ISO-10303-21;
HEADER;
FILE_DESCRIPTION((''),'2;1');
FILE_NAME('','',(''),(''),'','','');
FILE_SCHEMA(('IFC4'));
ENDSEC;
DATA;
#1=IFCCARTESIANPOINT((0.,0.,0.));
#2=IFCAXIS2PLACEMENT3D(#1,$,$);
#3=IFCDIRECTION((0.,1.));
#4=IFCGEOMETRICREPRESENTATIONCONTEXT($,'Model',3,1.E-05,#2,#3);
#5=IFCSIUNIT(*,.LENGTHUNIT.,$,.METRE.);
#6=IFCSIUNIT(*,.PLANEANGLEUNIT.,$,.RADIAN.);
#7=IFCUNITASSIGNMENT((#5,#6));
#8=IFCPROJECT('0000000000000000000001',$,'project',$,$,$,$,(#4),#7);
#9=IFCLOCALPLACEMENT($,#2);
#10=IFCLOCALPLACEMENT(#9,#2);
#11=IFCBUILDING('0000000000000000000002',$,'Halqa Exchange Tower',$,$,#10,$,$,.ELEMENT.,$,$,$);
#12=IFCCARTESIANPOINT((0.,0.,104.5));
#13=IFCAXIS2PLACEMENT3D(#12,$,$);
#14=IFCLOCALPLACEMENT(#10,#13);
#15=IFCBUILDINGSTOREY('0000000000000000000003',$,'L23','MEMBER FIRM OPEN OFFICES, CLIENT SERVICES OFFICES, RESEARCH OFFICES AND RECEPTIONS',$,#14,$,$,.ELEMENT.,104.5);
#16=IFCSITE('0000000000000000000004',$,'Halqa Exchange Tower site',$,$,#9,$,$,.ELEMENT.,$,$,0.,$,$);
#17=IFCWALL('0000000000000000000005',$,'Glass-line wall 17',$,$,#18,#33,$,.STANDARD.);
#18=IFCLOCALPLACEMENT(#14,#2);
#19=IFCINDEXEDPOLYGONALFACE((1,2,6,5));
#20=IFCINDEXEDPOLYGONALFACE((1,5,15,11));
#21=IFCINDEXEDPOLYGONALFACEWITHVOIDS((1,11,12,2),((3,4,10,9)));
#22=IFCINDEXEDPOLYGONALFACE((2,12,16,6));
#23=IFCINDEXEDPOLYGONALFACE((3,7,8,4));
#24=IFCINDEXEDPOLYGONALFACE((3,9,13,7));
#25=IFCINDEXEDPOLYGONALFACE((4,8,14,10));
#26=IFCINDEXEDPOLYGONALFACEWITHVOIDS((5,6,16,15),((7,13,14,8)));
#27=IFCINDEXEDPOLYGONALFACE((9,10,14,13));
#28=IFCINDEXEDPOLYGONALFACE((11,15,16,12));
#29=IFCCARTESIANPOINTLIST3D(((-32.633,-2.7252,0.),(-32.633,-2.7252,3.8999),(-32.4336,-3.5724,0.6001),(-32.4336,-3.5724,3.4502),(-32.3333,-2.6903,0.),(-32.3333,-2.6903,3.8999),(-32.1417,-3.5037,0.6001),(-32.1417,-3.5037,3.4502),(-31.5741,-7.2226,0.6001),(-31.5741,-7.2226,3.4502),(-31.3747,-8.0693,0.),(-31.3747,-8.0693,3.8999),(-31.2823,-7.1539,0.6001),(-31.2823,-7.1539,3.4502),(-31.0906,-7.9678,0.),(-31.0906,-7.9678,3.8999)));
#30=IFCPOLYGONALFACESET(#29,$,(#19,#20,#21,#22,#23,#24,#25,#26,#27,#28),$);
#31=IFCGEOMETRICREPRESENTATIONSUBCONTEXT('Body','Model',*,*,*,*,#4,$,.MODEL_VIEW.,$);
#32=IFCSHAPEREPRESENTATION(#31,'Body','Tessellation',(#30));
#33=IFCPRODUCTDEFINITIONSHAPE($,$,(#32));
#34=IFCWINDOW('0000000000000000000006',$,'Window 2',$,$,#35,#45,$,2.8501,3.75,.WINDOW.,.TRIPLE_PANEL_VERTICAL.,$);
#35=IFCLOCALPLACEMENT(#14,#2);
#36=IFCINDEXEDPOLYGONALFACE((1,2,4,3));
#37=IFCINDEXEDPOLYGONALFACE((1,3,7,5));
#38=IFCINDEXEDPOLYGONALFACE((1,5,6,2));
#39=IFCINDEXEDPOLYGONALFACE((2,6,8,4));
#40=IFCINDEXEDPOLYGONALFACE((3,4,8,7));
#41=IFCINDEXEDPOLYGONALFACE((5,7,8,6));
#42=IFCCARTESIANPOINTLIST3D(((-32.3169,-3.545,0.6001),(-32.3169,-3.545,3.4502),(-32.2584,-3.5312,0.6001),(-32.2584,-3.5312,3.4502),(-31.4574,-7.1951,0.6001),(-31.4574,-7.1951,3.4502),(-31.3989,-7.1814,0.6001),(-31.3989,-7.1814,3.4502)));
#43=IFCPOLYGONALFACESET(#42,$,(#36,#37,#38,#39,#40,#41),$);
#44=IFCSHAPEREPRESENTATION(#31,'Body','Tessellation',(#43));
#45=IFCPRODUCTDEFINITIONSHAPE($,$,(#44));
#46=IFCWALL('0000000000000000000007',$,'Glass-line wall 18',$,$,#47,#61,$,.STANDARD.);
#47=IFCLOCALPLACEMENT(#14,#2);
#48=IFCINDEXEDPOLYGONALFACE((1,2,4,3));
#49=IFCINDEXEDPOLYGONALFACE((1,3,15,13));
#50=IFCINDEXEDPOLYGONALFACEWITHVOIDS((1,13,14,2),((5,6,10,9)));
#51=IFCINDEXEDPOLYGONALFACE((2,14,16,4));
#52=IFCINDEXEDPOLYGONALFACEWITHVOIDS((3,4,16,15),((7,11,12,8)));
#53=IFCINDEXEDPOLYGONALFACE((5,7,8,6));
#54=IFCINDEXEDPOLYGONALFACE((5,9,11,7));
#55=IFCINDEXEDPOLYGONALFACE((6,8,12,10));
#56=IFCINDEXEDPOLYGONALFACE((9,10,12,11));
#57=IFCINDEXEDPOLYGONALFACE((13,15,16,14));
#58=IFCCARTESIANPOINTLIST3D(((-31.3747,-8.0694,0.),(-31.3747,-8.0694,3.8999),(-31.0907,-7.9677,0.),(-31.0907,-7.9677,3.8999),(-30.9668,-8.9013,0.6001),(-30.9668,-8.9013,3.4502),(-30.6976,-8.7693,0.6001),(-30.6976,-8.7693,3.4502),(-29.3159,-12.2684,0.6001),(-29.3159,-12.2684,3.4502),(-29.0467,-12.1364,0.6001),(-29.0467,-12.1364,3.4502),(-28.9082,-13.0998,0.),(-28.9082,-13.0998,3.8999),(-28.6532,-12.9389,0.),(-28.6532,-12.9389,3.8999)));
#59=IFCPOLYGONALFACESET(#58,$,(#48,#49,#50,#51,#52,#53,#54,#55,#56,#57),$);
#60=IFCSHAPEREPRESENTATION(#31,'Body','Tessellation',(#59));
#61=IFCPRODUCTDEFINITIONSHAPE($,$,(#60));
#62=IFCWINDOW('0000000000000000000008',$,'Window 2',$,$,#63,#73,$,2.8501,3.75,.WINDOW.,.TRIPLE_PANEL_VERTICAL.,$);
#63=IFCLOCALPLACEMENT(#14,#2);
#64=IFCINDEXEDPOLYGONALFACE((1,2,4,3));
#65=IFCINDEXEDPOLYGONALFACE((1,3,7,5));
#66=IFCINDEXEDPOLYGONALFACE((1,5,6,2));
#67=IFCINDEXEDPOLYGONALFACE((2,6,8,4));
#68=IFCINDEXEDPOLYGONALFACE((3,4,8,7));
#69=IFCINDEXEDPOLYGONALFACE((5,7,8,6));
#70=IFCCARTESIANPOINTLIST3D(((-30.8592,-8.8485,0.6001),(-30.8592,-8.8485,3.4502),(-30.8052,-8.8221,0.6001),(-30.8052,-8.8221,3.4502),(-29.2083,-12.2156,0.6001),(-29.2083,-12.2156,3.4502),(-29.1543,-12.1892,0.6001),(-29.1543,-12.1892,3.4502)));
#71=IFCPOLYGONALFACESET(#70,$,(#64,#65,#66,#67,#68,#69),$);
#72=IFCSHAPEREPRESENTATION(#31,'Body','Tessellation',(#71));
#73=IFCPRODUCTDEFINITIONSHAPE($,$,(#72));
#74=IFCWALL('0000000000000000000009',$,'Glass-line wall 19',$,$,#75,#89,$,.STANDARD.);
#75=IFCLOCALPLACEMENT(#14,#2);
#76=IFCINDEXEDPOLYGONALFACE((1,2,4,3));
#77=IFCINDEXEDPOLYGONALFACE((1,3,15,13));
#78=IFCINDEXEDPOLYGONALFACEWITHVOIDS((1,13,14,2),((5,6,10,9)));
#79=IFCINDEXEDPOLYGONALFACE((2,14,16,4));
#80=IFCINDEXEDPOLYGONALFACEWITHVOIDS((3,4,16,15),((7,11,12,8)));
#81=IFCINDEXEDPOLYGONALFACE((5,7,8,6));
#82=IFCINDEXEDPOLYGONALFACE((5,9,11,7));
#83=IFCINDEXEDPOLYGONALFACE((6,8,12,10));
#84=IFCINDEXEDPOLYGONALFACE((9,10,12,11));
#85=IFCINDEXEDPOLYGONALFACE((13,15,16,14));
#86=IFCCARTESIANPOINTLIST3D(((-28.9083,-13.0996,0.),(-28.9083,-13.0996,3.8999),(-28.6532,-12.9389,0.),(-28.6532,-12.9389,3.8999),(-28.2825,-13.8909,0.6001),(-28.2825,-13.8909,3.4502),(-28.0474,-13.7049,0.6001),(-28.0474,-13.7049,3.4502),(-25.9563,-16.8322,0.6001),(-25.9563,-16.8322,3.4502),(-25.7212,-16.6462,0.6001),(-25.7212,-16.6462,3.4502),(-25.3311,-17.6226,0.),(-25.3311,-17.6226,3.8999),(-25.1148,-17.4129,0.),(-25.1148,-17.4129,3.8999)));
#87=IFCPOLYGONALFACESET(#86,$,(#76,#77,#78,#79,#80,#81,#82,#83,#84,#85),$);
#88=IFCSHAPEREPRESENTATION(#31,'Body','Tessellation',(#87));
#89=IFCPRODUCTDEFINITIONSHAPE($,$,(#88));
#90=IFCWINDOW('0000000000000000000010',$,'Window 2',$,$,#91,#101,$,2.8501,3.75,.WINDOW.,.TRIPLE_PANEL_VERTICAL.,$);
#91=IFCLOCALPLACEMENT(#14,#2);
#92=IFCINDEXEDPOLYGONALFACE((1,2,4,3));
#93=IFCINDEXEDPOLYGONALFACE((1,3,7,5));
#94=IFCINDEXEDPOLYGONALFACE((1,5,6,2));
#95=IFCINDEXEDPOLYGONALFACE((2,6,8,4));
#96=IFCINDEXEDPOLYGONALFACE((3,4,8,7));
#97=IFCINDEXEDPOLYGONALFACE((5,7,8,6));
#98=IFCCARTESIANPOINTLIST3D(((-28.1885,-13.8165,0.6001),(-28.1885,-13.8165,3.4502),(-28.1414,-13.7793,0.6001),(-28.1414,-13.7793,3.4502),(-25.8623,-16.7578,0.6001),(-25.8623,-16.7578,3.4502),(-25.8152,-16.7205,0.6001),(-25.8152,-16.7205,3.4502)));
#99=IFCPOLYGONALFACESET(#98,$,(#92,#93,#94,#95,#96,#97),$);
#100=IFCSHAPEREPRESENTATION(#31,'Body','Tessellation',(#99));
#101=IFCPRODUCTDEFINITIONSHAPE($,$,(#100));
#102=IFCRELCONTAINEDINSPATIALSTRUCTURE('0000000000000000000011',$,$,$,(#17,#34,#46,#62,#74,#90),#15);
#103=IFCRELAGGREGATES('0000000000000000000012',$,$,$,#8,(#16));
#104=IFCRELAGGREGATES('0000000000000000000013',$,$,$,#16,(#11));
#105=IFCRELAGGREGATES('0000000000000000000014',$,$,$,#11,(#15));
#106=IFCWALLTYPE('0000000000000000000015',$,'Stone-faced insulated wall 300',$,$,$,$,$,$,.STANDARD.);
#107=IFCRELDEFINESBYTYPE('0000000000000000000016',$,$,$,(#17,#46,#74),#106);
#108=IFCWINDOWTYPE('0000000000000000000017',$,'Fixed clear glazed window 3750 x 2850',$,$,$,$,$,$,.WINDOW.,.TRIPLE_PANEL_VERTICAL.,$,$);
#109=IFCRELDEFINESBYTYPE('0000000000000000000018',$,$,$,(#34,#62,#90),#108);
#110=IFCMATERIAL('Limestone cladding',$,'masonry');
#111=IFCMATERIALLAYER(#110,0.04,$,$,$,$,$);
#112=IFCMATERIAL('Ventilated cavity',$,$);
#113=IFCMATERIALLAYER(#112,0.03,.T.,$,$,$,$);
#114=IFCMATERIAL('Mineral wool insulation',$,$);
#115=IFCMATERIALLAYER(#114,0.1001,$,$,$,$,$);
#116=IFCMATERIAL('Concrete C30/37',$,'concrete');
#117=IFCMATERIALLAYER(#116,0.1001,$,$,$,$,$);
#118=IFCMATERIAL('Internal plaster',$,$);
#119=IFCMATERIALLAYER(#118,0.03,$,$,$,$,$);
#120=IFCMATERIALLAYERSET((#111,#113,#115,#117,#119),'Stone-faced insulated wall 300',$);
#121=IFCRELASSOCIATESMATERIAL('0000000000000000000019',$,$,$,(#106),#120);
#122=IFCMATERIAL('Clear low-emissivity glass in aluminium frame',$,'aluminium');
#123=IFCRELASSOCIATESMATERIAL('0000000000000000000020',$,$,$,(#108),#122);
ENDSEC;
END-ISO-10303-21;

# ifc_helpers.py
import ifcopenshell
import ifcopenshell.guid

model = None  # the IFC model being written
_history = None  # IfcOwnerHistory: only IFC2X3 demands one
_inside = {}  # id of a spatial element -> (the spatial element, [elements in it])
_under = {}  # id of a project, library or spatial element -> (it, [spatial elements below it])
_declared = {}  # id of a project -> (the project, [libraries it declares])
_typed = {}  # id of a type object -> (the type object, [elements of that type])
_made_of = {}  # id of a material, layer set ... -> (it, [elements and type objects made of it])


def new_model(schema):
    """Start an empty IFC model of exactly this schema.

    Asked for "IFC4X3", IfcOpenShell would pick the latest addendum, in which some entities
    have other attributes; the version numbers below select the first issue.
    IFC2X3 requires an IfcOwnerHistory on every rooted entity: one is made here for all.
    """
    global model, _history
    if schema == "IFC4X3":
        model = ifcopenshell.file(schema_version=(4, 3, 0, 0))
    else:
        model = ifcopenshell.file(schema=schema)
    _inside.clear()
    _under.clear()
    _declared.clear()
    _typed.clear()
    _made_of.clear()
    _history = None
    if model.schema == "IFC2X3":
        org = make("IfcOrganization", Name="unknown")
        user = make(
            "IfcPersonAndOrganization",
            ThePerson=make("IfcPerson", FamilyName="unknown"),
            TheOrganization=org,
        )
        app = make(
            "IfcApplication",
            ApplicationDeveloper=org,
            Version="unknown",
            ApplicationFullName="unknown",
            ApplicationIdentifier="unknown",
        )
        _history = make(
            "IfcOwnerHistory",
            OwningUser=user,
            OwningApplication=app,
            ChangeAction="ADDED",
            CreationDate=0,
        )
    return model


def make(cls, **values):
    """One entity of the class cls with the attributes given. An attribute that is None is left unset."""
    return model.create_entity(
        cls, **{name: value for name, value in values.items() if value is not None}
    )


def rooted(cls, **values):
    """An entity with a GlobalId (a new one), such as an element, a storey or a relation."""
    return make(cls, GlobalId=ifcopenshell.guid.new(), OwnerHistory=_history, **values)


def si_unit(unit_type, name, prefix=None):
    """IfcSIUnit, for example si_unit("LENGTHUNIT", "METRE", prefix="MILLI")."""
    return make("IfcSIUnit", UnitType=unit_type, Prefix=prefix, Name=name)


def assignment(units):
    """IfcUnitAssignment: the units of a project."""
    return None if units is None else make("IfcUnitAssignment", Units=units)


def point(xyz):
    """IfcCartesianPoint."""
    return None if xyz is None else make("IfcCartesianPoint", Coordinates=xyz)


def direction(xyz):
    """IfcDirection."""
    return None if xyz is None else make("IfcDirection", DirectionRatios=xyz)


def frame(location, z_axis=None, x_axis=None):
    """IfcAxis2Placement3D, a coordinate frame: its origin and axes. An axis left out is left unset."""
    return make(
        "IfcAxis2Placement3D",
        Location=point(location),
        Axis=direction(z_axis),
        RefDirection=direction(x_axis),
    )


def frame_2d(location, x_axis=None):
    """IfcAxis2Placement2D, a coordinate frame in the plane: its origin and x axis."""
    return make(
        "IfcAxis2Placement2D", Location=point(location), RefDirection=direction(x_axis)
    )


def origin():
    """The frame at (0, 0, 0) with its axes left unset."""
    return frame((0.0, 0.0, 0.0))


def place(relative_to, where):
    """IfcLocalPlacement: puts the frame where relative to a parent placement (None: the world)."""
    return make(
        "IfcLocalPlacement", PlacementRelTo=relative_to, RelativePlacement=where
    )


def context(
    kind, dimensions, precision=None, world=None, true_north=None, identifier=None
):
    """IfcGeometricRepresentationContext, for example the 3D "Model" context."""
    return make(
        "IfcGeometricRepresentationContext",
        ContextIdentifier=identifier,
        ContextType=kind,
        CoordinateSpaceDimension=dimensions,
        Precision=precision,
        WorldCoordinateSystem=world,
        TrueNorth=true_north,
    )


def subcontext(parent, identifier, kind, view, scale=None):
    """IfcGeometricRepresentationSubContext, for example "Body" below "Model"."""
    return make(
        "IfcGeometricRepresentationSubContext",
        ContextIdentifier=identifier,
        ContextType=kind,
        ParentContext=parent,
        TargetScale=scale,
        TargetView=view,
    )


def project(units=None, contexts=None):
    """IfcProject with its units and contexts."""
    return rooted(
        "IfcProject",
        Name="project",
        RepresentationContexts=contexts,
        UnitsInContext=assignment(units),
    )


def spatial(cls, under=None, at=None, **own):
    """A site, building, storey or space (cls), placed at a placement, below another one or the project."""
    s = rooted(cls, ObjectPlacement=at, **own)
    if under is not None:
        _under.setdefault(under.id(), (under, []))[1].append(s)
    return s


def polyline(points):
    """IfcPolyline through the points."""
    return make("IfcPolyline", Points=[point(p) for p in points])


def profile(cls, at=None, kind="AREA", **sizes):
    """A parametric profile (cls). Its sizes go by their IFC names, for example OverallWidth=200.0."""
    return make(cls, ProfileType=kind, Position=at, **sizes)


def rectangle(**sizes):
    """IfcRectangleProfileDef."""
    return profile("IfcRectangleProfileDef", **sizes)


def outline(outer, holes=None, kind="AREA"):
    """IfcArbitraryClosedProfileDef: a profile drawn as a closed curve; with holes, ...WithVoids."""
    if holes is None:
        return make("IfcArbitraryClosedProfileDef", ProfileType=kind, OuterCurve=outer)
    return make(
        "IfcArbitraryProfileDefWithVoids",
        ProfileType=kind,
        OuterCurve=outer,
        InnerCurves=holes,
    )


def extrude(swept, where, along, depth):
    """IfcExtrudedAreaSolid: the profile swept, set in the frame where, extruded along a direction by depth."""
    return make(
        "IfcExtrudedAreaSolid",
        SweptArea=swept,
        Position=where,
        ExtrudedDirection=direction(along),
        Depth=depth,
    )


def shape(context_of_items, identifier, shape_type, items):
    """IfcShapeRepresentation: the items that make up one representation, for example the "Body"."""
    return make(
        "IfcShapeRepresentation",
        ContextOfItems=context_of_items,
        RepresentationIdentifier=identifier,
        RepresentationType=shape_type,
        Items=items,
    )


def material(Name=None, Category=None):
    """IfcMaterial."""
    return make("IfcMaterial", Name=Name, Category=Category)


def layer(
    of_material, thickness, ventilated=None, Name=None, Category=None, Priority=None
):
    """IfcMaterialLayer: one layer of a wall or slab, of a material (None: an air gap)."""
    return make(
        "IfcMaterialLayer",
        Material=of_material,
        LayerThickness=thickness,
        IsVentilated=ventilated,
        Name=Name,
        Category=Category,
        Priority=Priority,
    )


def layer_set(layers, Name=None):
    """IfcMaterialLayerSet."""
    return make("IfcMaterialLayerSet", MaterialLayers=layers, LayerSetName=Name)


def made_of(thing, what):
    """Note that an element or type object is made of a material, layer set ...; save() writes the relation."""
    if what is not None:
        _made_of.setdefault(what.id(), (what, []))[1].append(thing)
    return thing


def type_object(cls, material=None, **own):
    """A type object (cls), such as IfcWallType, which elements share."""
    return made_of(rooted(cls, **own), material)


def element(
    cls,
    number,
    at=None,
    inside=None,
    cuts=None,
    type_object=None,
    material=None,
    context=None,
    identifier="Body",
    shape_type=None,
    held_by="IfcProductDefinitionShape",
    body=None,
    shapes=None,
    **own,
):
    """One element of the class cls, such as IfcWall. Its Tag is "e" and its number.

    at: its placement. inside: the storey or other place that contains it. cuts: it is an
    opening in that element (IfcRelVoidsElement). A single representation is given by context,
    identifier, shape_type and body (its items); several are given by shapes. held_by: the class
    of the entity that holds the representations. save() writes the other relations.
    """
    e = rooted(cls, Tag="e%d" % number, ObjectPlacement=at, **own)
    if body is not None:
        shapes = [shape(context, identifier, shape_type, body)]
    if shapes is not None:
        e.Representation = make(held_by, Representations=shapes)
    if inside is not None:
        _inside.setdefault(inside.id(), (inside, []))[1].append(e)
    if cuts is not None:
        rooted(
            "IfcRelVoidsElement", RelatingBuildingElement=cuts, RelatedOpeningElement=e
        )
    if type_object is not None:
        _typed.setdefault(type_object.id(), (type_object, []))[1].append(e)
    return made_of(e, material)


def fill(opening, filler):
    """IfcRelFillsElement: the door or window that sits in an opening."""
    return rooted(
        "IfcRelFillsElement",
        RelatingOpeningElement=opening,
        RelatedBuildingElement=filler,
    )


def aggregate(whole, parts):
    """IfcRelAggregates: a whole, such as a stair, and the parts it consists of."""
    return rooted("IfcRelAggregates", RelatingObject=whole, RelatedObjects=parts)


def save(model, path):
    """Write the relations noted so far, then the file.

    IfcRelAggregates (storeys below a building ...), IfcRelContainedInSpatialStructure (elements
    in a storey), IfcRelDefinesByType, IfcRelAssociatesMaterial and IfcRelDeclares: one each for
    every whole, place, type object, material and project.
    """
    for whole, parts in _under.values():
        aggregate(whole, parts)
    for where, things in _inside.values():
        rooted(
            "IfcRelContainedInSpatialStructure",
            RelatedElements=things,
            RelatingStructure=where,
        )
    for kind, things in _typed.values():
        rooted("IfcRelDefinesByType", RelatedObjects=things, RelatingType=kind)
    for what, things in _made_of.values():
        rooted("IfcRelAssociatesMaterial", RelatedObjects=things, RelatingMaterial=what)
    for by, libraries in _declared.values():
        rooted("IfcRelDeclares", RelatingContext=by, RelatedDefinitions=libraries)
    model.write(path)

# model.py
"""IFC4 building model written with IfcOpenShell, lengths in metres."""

from ifc_helpers import new_model, si_unit, direction, frame, frame_2d, origin, place, context, subcontext, project, spatial, polyline, rectangle, outline, extrude, material, layer, layer_set, type_object, element, fill, save


model = new_model("IFC4")

# Units and contexts
model_context = context("Model", 3, precision=1e-05, world=origin(), true_north=direction((0.0, 1.0)))
body_context = subcontext(model_context, "Body", "Model", "MODEL_VIEW")
ifc_project = project(units=[si_unit("LENGTHUNIT", "METRE"), si_unit("PLANEANGLEUNIT", "RADIAN")], contexts=[model_context])

# Site, building, storey
site_placement = place(None, origin())
site = spatial("IfcSite", under=ifc_project, at=site_placement, Name="Halqa Exchange Tower site", CompositionType="ELEMENT", RefElevation=0.0)
building_placement = place(site_placement, origin())
building = spatial("IfcBuilding", under=site, at=building_placement, Name="Halqa Exchange Tower", CompositionType="ELEMENT")
storey_placement = place(building_placement, frame((0.0, 0.0, 104.5)))
storey = spatial("IfcBuildingStorey", under=building, at=storey_placement, Name="L23", Description="MEMBER FIRM OPEN OFFICES, CLIENT SERVICES OFFICES, RESEARCH OFFICES AND RECEPTIONS", CompositionType="ELEMENT", Elevation=104.5)

# Walls, openings, windows
ifc_material_1 = material(Name="Limestone cladding", Category="masonry")
ifc_layer_1 = layer(ifc_material_1, 0.04)
ifc_material_2 = material(Name="Ventilated cavity")
ifc_layer_2 = layer(ifc_material_2, 0.03, ventilated=True)
ifc_material_3 = material(Name="Mineral wool insulation")
ifc_layer_3 = layer(ifc_material_3, 0.1001)
ifc_material_4 = material(Name="Concrete C30/37", Category="concrete")
ifc_layer_4 = layer(ifc_material_4, 0.1001)
ifc_material_5 = material(Name="Internal plaster")
ifc_layer_5 = layer(ifc_material_5, 0.03)
ifc_layer_set_1 = layer_set([ifc_layer_1, ifc_layer_2, ifc_layer_3, ifc_layer_4, ifc_layer_5], Name="Stone-faced insulated wall 300")
wall_type_1 = type_object("IfcWallType", Name="Stone-faced insulated wall 300", PredefinedType="STANDARD", material=ifc_layer_set_1)
wall_1_placement = place(storey_placement, frame((-32.4832, -2.7078, 0.0), z_axis=(0.0, 0.0, 1.0), x_axis=(0.229194, -0.973381, 0.0)))
wall_1 = element("IfcWall", 1, at=wall_1_placement, inside=storey, type_object=wall_type_1, Name="Glass-line wall 17", PredefinedType="STANDARD", context=body_context, shape_type="SweptSolid", body=[
    extrude(outline(polyline([(-0.0173, -0.1499), (5.4729, -0.1499), (5.4392, 0.1499), (0.0173, 0.1499), (-0.0173, -0.1499)])), origin(), (0.0, 0.0, 1.0), 3.8999),
])
opening_1_placement = place(wall_1_placement, frame((0.853, 0.0, 0.6001)))
opening_1 = element("IfcOpeningElement", 2, at=opening_1_placement, cuts=wall_1, PredefinedType="OPENING", context=body_context, shape_type="SweptSolid", body=[
    extrude(rectangle(XDim=3.75, YDim=2.8501, at=frame_2d((1.875, 1.425))), frame((0.0, 0.1621, 0.0), z_axis=(0.0, -1.0, 0.0), x_axis=(1.0, 0.0, 0.0)), (0.0, 0.0, 1.0), 0.324),
])
ifc_material_6 = material(Name="Clear low-emissivity glass in aluminium frame", Category="aluminium")
window_type = type_object("IfcWindowType", Name="Fixed clear glazed window 3750 x 2850", PartitioningType="TRIPLE_PANEL_VERTICAL", PredefinedType="WINDOW", material=ifc_material_6)
window_1_placement = place(opening_1_placement, origin())
window_1 = element("IfcWindow", 3, at=window_1_placement, inside=storey, type_object=window_type, Name="Window 2", OverallHeight=2.8501, OverallWidth=3.75, PartitioningType="TRIPLE_PANEL_VERTICAL", PredefinedType="WINDOW", context=body_context, shape_type="SweptSolid", body=[
    extrude(rectangle(XDim=3.75, YDim=2.8501, at=frame_2d((1.875, 1.425))), frame((0.0, 0.03, 0.0), z_axis=(0.0, -1.0, 0.0), x_axis=(1.0, 0.0, 0.0)), (0.0, 0.0, 1.0), 0.0601),
])
fill(opening_1, window_1)
wall_2_placement = place(storey_placement, frame((-31.2327, -8.0186, 0.0), z_axis=(0.0, 0.0, 1.0), x_axis=(0.440239, -0.897881, 0.0)))
wall_2 = element("IfcWall", 4, at=wall_2_placement, inside=storey, type_object=wall_type_1, Name="Glass-line wall 18", PredefinedType="STANDARD", context=body_context, shape_type="SweptSolid", body=[
    extrude(outline(polyline([(-0.0168, -0.1499), (5.5857, -0.1499), (5.5535, 0.1499), (0.0168, 0.1499), (-0.0168, -0.1499)])), origin(), (0.0, 0.0, 1.0), 3.8999),
])
opening_2_placement = place(wall_2_placement, frame((0.9097, 0.0, 0.6001)))
opening_2 = element("IfcOpeningElement", 5, at=opening_2_placement, cuts=wall_2, PredefinedType="OPENING", context=body_context, shape_type="SweptSolid", body=[
    extrude(rectangle(XDim=3.75, YDim=2.8501, at=frame_2d((1.875, 1.425))), frame((0.0, 0.1621, 0.0), z_axis=(0.0, -1.0, 0.0), x_axis=(1.0, 0.0, 0.0)), (0.0, 0.0, 1.0), 0.324),
])
window_2_placement = place(opening_2_placement, origin())
window_2 = element("IfcWindow", 6, at=window_2_placement, inside=storey, type_object=window_type, Name="Window 2", OverallHeight=2.8501, OverallWidth=3.75, PartitioningType="TRIPLE_PANEL_VERTICAL", PredefinedType="WINDOW", context=body_context, shape_type="SweptSolid", body=[
    extrude(rectangle(XDim=3.75, YDim=2.8501, at=frame_2d((1.875, 1.425))), frame((0.0, 0.03, 0.0), z_axis=(0.0, -1.0, 0.0), x_axis=(1.0, 0.0, 0.0)), (0.0, 0.0, 1.0), 0.0601),
])
fill(opening_2, window_2)
wall_3_placement = place(storey_placement, frame((-28.7808, -13.0193, 0.0), z_axis=(0.0, 0.0, 1.0), x_axis=(0.62033, -0.784341, 0.0)))
wall_3 = element("IfcWall", 7, at=wall_3_placement, inside=storey, type_object=wall_type_1, Name="Glass-line wall 19", PredefinedType="STANDARD", context=body_context, shape_type="SweptSolid", body=[
    extrude(outline(polyline([(-0.0161, -0.1499), (5.7505, -0.1499), (5.7202, 0.1499), (0.0161, 0.1499), (-0.0161, -0.1499)])), origin(), (0.0, 0.0, 1.0), 3.8999),
])
opening_3_placement = place(wall_3_placement, frame((0.9927, 0.0, 0.6001)))
opening_3 = element("IfcOpeningElement", 8, at=opening_3_placement, cuts=wall_3, PredefinedType="OPENING", context=body_context, shape_type="SweptSolid", body=[
    extrude(rectangle(XDim=3.75, YDim=2.8501, at=frame_2d((1.875, 1.425))), frame((0.0, 0.1621, 0.0), z_axis=(0.0, -1.0, 0.0), x_axis=(1.0, 0.0, 0.0)), (0.0, 0.0, 1.0), 0.324),
])
window_3_placement = place(opening_3_placement, origin())
window_3 = element("IfcWindow", 9, at=window_3_placement, inside=storey, type_object=window_type, Name="Window 2", OverallHeight=2.8501, OverallWidth=3.75, PartitioningType="TRIPLE_PANEL_VERTICAL", PredefinedType="WINDOW", context=body_context, shape_type="SweptSolid", body=[
    extrude(rectangle(XDim=3.75, YDim=2.8501, at=frame_2d((1.875, 1.425))), frame((0.0, 0.03, 0.0), z_axis=(0.0, -1.0, 0.0), x_axis=(1.0, 0.0, 0.0)), (0.0, 0.0, 1.0), 0.0601),
])
fill(opening_3, window_3)

save(model, "model.ifc")
